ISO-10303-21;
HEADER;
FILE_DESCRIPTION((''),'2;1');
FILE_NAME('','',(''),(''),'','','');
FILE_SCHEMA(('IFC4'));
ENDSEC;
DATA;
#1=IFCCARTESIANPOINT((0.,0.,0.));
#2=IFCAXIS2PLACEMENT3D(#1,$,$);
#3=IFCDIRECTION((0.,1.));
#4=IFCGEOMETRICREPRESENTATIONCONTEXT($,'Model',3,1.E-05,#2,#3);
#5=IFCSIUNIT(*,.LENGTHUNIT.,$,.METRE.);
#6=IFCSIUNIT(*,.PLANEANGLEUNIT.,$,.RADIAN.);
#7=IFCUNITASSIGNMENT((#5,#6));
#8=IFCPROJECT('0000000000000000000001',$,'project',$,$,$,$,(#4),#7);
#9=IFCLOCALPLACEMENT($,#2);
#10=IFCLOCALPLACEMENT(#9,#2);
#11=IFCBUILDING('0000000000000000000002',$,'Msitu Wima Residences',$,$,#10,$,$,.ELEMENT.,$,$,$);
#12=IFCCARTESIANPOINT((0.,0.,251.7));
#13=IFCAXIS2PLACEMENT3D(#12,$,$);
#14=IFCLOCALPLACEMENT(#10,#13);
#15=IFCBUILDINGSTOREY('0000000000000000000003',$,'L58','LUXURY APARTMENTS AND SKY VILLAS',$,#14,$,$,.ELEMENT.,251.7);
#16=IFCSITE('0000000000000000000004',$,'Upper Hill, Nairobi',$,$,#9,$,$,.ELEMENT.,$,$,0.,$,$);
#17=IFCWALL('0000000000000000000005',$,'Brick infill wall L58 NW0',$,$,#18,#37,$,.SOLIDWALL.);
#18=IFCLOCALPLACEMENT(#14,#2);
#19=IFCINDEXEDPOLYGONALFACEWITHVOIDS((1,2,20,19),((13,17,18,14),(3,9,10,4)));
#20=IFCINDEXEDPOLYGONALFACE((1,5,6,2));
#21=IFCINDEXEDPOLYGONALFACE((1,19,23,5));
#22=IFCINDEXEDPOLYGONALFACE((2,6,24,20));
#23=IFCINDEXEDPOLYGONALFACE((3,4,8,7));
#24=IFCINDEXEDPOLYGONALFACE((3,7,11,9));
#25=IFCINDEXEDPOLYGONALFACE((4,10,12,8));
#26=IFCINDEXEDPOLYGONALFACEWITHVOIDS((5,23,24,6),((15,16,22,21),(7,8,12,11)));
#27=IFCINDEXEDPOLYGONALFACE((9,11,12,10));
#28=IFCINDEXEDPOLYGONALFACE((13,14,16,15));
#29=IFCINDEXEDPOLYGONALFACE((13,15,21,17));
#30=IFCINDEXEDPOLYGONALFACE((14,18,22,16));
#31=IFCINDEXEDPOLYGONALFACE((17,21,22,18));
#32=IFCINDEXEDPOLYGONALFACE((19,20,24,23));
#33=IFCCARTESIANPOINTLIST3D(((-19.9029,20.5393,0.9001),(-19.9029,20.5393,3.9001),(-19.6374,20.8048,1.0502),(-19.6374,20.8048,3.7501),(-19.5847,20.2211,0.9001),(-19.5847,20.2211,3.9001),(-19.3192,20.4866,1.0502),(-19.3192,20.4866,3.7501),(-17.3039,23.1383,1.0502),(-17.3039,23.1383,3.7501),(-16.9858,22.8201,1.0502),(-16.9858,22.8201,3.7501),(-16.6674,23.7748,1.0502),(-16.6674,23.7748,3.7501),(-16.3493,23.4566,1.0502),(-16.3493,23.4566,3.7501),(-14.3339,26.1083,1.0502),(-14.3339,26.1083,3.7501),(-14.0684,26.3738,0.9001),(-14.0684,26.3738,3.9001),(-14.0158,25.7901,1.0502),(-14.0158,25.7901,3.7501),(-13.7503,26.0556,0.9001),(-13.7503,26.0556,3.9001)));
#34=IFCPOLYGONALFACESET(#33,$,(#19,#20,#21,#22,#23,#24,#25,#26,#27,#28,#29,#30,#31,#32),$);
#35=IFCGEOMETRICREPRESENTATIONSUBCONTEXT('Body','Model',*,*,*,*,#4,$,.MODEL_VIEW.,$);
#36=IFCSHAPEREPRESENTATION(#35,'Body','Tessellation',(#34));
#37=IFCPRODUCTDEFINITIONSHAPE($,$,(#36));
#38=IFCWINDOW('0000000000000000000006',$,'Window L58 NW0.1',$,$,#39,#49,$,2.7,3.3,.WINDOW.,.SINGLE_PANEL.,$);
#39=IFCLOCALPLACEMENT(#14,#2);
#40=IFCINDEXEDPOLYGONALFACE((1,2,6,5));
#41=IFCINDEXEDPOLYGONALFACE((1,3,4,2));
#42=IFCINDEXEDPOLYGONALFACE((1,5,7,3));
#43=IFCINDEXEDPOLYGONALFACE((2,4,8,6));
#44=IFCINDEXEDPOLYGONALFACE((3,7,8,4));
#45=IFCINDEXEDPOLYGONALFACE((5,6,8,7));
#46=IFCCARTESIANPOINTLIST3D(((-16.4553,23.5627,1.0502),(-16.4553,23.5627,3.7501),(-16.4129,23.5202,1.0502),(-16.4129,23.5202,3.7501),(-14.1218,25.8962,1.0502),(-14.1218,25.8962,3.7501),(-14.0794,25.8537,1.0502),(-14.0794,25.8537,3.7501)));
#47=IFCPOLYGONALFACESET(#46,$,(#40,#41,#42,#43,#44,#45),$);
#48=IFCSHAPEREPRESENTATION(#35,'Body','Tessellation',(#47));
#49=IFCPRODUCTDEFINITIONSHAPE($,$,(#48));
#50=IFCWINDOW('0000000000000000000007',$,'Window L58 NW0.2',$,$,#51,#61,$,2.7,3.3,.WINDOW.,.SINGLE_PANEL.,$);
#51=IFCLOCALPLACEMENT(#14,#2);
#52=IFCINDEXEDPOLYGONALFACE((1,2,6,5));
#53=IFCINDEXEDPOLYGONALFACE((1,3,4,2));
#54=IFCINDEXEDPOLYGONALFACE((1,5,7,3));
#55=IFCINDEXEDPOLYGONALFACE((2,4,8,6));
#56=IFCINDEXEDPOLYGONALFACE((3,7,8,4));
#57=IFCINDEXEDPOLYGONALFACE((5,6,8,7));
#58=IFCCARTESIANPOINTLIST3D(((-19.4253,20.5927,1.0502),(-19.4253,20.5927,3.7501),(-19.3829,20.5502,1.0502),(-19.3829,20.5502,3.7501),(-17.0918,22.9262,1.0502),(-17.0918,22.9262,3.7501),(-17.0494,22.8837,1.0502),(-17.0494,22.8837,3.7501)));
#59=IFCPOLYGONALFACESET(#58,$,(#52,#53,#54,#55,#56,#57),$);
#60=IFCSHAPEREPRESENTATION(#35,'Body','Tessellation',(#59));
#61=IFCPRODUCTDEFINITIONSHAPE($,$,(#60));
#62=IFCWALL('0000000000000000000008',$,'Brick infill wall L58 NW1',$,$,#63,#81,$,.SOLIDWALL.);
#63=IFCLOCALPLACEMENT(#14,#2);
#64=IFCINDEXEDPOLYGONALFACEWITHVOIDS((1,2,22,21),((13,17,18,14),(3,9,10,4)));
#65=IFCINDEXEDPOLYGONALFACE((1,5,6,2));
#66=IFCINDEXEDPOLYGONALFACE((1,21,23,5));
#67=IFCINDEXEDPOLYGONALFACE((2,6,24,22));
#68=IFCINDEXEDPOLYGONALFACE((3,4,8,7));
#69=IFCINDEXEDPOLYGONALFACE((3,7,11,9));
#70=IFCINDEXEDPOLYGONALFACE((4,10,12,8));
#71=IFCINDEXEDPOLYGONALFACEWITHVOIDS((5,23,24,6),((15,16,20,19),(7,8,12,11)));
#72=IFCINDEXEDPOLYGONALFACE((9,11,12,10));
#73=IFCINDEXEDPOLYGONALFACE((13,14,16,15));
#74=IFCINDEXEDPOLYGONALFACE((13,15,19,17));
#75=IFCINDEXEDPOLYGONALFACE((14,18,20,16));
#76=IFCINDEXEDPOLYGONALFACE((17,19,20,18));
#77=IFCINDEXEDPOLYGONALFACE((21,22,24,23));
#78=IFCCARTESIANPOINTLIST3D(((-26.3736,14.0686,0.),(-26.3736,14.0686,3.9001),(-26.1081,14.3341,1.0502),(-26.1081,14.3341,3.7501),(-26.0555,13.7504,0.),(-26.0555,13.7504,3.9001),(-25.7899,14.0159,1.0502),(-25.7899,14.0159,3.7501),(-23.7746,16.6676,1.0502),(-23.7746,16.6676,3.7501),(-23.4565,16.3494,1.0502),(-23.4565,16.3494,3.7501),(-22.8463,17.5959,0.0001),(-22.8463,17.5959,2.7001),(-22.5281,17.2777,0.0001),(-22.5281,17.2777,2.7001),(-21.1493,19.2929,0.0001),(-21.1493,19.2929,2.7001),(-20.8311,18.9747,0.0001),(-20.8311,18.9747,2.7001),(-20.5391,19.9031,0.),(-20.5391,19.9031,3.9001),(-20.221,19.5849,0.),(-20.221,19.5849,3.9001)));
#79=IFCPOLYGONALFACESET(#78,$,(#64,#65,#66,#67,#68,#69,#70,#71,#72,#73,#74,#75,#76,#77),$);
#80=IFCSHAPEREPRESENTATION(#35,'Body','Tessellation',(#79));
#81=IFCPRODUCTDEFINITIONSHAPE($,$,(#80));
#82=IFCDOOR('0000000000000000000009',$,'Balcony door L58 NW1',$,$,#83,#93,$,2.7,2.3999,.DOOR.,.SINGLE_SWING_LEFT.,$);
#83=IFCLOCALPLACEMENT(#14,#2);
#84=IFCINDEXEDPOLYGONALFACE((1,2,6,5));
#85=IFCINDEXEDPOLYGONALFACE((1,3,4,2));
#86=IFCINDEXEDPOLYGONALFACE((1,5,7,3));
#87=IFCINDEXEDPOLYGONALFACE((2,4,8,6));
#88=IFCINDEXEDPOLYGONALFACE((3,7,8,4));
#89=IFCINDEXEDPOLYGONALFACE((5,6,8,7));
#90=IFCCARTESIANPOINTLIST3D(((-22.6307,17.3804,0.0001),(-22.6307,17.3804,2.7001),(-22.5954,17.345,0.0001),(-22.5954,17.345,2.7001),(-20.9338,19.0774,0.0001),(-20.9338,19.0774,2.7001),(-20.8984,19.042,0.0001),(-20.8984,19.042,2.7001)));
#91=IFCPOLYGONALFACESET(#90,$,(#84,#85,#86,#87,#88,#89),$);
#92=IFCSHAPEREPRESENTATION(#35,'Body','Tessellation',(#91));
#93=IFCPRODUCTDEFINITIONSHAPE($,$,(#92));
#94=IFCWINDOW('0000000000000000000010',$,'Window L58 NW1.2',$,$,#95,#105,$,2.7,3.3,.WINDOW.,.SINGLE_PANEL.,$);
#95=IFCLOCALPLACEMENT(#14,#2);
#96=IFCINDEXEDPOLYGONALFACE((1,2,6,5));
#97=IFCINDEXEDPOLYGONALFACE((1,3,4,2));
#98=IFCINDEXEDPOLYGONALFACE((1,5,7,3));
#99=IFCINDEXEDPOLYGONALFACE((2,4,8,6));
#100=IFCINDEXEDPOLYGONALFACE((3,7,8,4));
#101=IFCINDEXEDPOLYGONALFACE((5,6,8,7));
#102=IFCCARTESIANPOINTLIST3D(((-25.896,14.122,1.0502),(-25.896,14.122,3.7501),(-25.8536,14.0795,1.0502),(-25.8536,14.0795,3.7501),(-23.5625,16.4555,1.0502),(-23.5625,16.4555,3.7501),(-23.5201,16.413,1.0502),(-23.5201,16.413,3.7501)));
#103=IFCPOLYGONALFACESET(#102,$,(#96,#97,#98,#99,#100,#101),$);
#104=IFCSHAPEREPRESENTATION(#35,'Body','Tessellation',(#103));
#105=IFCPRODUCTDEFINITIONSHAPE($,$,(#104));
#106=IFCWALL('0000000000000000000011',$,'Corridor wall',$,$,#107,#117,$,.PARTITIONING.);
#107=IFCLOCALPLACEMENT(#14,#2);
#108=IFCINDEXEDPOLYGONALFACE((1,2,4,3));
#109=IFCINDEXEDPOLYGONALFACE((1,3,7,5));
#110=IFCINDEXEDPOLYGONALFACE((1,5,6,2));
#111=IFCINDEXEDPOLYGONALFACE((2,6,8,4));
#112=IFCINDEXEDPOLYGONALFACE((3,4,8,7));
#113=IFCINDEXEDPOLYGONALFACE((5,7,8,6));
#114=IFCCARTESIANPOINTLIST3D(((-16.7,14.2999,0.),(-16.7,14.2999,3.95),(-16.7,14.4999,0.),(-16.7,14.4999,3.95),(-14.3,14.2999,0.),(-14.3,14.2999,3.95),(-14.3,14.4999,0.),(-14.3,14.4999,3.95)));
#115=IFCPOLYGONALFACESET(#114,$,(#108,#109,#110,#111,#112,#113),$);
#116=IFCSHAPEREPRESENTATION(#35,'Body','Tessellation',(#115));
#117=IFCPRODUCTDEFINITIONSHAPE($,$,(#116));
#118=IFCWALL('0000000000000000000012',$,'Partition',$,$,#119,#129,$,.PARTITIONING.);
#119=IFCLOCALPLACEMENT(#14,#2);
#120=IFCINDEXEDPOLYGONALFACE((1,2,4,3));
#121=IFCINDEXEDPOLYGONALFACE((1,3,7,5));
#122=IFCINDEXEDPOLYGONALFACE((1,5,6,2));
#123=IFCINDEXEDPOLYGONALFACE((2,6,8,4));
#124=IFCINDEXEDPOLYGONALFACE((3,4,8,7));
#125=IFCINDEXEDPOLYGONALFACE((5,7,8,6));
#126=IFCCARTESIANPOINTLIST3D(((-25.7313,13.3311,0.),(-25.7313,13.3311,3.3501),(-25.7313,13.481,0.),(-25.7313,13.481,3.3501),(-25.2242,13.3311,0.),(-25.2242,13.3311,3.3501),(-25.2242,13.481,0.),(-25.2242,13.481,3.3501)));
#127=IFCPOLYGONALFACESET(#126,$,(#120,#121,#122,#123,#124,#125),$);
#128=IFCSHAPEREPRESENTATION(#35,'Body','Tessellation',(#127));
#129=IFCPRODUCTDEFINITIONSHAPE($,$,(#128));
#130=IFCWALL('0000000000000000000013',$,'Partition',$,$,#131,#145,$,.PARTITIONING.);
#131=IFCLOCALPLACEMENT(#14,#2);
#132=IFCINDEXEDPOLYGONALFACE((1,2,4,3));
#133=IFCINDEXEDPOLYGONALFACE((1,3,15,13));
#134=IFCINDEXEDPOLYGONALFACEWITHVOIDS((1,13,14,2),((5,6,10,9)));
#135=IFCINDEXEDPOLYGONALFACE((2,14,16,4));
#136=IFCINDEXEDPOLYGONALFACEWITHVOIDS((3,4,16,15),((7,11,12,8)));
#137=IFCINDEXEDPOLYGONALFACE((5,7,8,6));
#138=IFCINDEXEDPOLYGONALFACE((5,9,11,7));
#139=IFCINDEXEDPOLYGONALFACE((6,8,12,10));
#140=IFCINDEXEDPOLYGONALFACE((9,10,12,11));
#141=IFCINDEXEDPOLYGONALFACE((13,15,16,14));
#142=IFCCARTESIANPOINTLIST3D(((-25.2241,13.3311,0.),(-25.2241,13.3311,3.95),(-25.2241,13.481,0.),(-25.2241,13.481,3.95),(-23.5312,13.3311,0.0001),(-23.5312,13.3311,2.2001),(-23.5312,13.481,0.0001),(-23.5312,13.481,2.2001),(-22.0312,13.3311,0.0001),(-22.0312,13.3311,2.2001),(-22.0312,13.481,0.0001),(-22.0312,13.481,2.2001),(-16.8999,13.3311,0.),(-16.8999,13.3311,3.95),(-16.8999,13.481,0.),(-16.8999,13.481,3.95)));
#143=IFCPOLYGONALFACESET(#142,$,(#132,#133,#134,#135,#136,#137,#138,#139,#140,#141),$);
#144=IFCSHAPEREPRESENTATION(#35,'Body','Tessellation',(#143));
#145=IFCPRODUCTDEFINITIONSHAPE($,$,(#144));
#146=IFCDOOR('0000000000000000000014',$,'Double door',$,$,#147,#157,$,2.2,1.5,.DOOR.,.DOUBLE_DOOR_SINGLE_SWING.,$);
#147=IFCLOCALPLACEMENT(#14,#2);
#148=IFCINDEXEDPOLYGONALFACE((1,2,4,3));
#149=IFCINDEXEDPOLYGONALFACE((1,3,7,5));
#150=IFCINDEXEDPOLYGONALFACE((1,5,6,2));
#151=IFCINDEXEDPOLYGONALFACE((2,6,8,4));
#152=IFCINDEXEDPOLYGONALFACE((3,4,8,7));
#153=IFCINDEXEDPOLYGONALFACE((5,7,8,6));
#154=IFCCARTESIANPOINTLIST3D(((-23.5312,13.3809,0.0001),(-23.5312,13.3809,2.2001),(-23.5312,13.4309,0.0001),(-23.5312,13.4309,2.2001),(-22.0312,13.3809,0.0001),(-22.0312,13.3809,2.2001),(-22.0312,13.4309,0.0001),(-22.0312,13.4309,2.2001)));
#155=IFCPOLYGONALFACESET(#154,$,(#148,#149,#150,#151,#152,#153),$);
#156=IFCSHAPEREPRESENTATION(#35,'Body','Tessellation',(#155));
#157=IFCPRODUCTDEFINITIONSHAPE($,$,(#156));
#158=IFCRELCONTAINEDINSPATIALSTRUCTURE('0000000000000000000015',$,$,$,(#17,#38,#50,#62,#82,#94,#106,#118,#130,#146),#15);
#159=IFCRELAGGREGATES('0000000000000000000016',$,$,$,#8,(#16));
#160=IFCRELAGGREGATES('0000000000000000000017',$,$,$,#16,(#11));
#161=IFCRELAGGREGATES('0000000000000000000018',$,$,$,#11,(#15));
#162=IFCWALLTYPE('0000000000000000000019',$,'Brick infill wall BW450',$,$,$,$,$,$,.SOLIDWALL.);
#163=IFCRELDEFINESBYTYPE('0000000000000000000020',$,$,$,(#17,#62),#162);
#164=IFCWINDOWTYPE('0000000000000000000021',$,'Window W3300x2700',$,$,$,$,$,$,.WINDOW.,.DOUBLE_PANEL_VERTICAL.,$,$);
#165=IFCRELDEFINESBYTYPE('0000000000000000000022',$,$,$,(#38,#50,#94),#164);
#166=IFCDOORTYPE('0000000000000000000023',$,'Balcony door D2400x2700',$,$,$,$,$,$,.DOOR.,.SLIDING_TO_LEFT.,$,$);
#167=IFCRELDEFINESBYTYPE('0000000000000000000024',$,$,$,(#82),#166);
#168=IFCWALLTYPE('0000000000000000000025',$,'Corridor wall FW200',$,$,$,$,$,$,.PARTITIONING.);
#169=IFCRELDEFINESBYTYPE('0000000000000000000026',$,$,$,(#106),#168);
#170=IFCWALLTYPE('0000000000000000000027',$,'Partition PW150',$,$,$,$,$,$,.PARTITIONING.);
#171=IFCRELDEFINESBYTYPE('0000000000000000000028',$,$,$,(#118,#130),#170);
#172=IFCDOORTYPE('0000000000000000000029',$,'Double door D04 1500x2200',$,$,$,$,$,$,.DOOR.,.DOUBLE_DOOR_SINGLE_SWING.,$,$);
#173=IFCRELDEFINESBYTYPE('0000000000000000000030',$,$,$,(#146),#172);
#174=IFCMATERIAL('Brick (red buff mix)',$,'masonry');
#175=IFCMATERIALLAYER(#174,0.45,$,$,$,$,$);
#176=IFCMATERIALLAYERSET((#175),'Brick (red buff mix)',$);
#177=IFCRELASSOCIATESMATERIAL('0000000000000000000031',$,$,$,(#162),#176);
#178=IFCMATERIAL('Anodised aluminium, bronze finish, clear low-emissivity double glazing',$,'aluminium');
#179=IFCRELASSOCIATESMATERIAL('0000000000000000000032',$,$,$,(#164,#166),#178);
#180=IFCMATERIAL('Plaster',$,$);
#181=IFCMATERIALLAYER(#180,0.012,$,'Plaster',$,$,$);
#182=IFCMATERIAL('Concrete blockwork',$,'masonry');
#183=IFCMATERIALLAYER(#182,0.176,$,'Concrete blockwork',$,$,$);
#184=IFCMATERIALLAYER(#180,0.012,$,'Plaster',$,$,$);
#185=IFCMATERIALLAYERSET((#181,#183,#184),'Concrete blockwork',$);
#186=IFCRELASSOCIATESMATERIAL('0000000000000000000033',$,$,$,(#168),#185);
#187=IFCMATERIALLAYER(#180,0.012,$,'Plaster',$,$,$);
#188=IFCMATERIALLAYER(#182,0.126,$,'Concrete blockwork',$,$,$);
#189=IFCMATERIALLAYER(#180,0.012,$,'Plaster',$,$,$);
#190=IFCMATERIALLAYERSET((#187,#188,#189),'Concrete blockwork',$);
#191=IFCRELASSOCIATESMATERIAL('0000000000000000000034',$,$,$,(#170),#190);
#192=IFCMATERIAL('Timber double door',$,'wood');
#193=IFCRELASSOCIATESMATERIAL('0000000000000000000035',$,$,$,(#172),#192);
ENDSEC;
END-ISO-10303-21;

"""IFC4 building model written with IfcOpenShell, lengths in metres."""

from ifc_helpers import new_model, si_unit, direction, frame, frame_2d, origin, place, context, subcontext, project, spatial, rectangle, extrude, material, layer, layer_set, type_object, element, fill, save


model = new_model("IFC4")

# Units and contexts
model_context = context("Model", 3, precision=1e-05, world=origin(), true_north=direction((0.0, 1.0)))
body_context = subcontext(model_context, "Body", "Model", "MODEL_VIEW")
ifc_project = project(units=[si_unit("LENGTHUNIT", "METRE"), si_unit("PLANEANGLEUNIT", "RADIAN")], contexts=[model_context])

# Site, building, storey
site_placement = place(None, origin())
site = spatial("IfcSite", under=ifc_project, at=site_placement, Name="Upper Hill, Nairobi", CompositionType="ELEMENT", RefElevation=0.0)
building_placement = place(site_placement, origin())
building = spatial("IfcBuilding", under=site, at=building_placement, Name="Msitu Wima Residences", CompositionType="ELEMENT")
storey_placement = place(building_placement, frame((0.0, 0.0, 251.7)))
storey = spatial("IfcBuildingStorey", under=building, at=storey_placement, Name="L58", Description="LUXURY APARTMENTS AND SKY VILLAS", CompositionType="ELEMENT", Elevation=251.7)

# Wall, openings, windows
ifc_material_1 = material(Name="Brick (red buff mix)", Category="masonry")
ifc_layer_1 = layer(ifc_material_1, 0.45)
ifc_layer_set_1 = layer_set([ifc_layer_1], Name="Brick (red buff mix)")
wall_type_1 = type_object("IfcWallType", Name="Brick infill wall BW450", PredefinedType="SOLIDWALL", material=ifc_layer_set_1)
wall_1_placement = place(storey_placement, frame((-13.9094, 26.2146, 0.9001), z_axis=(0.0, 0.0, 1.0), x_axis=(-0.707107, -0.707107, 0.0)))
wall_1 = element("IfcWall", 1, at=wall_1_placement, inside=storey, type_object=wall_type_1, Name="Brick infill wall L58 NW0", PredefinedType="SOLIDWALL", context=body_context, shape_type="SweptSolid", body=[
    extrude(rectangle(XDim=8.2512, YDim=0.45, at=frame_2d((4.1255, 0.0))), origin(), (0.0, 0.0, 1.0), 3.0),
])
opening_1_placement = place(wall_1_placement, frame((0.3755, 0.0, 0.1499)))
opening_1 = element("IfcOpeningElement", 2, at=opening_1_placement, cuts=wall_1, PredefinedType="OPENING", context=body_context, shape_type="SweptSolid", body=[
    extrude(rectangle(XDim=3.3, YDim=2.7, at=frame_2d((1.6499, 1.3501))), frame((0.0, 0.2349, 0.0), z_axis=(0.0, -1.0, 0.0), x_axis=(1.0, 0.0, 0.0)), (0.0, 0.0, 1.0), 0.47),
])
opening_2_placement = place(wall_1_placement, frame((4.5757, 0.0, 0.1499)))
opening_2 = element("IfcOpeningElement", 3, at=opening_2_placement, cuts=wall_1, PredefinedType="OPENING", context=body_context, shape_type="SweptSolid", body=[
    extrude(rectangle(XDim=3.3, YDim=2.7, at=frame_2d((1.6499, 1.3501))), frame((0.0, 0.2349, 0.0), z_axis=(0.0, -1.0, 0.0), x_axis=(1.0, 0.0, 0.0)), (0.0, 0.0, 1.0), 0.47),
])
ifc_material_2 = material(Name="Anodised aluminium, bronze finish, clear low-emissivity double glazing", Category="aluminium")
window_type = type_object("IfcWindowType", Name="Window W3300x2700", PartitioningType="DOUBLE_PANEL_VERTICAL", PredefinedType="WINDOW", material=ifc_material_2)
window_1_placement = place(opening_1_placement, origin())
window_1 = element("IfcWindow", 4, at=window_1_placement, inside=storey, type_object=window_type, Name="Window L58 NW0.1", OverallHeight=2.7, OverallWidth=3.3, PartitioningType="SINGLE_PANEL", PredefinedType="WINDOW", context=body_context, shape_type="SweptSolid", body=[
    extrude(rectangle(XDim=3.3, YDim=2.7, at=frame_2d((1.6499, 1.3501))), frame((0.0, 0.135, 0.0), z_axis=(0.0, -1.0, 0.0), x_axis=(1.0, 0.0, 0.0)), (0.0, 0.0, 1.0), 0.0601),
])
fill(opening_1, window_1)
window_2_placement = place(opening_2_placement, origin())
window_2 = element("IfcWindow", 5, at=window_2_placement, inside=storey, type_object=window_type, Name="Window L58 NW0.2", OverallHeight=2.7, OverallWidth=3.3, PartitioningType="SINGLE_PANEL", PredefinedType="WINDOW", context=body_context, shape_type="SweptSolid", body=[
    extrude(rectangle(XDim=3.3, YDim=2.7, at=frame_2d((1.6499, 1.3501))), frame((0.0, 0.135, 0.0), z_axis=(0.0, -1.0, 0.0), x_axis=(1.0, 0.0, 0.0)), (0.0, 0.0, 1.0), 0.0601),
])
fill(opening_2, window_2)

# Wall, openings, door, window
wall_2_placement = place(storey_placement, frame((-20.3801, 19.7439, 0.0), z_axis=(0.0, 0.0, 1.0), x_axis=(-0.707107, -0.707107, 0.0)))
wall_2 = element("IfcWall", 6, at=wall_2_placement, inside=storey, type_object=wall_type_1, Name="Brick infill wall L58 NW1", PredefinedType="SOLIDWALL", context=body_context, shape_type="SweptSolid", body=[
    extrude(rectangle(XDim=8.2512, YDim=0.45, at=frame_2d((4.1255, 0.0))), origin(), (0.0, 0.0, 1.0), 3.9001),
])
opening_3_placement = place(wall_2_placement, frame((0.8628, 0.0, 0.0)))
opening_3 = element("IfcOpeningElement", 7, at=opening_3_placement, cuts=wall_2, PredefinedType="OPENING", context=body_context, shape_type="SweptSolid", body=[
    extrude(rectangle(XDim=2.3999, YDim=2.7, at=frame_2d((1.2, 1.3501))), frame((0.0, 0.2349, 0.0), z_axis=(0.0, -1.0, 0.0), x_axis=(1.0, 0.0, 0.0)), (0.0, 0.0, 1.0), 0.47),
])
opening_4_placement = place(wall_2_placement, frame((4.5757, 0.0, 1.05)))
opening_4 = element("IfcOpeningElement", 8, at=opening_4_placement, cuts=wall_2, PredefinedType="OPENING", context=body_context, shape_type="SweptSolid", body=[
    extrude(rectangle(XDim=3.3, YDim=2.7, at=frame_2d((1.6499, 1.3501))), frame((0.0, 0.2349, 0.0), z_axis=(0.0, -1.0, 0.0), x_axis=(1.0, 0.0, 0.0)), (0.0, 0.0, 1.0), 0.47),
])
door_type_1 = type_object("IfcDoorType", Name="Balcony door D2400x2700", OperationType="SLIDING_TO_LEFT", PredefinedType="DOOR", material=ifc_material_2)
door_1_placement = place(opening_3_placement, origin())
door_1 = element("IfcDoor", 9, at=door_1_placement, inside=storey, type_object=door_type_1, Name="Balcony door L58 NW1", OperationType="SINGLE_SWING_LEFT", OverallHeight=2.7, OverallWidth=2.3999, PredefinedType="DOOR", context=body_context, shape_type="SweptSolid", body=[
    extrude(rectangle(XDim=2.3999, YDim=2.7, at=frame_2d((1.2, 1.3501))), frame((0.0, 0.1299, 0.0), z_axis=(0.0, -1.0, 0.0), x_axis=(1.0, 0.0, 0.0)), (0.0, 0.0, 1.0), 0.05),
])
fill(opening_3, door_1)
window_3_placement = place(opening_4_placement, origin())
window_3 = element("IfcWindow", 10, at=window_3_placement, inside=storey, type_object=window_type, Name="Window L58 NW1.2", OverallHeight=2.7, OverallWidth=3.3, PartitioningType="SINGLE_PANEL", PredefinedType="WINDOW", context=body_context, shape_type="SweptSolid", body=[
    extrude(rectangle(XDim=3.3, YDim=2.7, at=frame_2d((1.6499, 1.3501))), frame((0.0, 0.135, 0.0), z_axis=(0.0, -1.0, 0.0), x_axis=(1.0, 0.0, 0.0)), (0.0, 0.0, 1.0), 0.0601),
])
fill(opening_4, window_3)

# Walls
ifc_material_3 = material(Name="Plaster")
ifc_layer_2 = layer(ifc_material_3, 0.012, Name="Plaster")
ifc_material_4 = material(Name="Concrete blockwork", Category="masonry")
ifc_layer_3 = layer(ifc_material_4, 0.176, Name="Concrete blockwork")
ifc_layer_4 = layer(ifc_material_3, 0.012, Name="Plaster")
ifc_layer_set_2 = layer_set([ifc_layer_2, ifc_layer_3, ifc_layer_4], Name="Concrete blockwork")
wall_type_2 = type_object("IfcWallType", Name="Corridor wall FW200", PredefinedType="PARTITIONING", material=ifc_layer_set_2)
wall_3_placement = place(storey_placement, frame((-16.7, 14.3999, 0.0), z_axis=(0.0, 0.0, 1.0), x_axis=(1.0, 0.0, 0.0)))
element("IfcWall", 11, at=wall_3_placement, inside=storey, type_object=wall_type_2, Name="Corridor wall", PredefinedType="PARTITIONING", context=body_context, shape_type="SweptSolid", body=[
    extrude(rectangle(XDim=2.3999, YDim=0.2, at=frame_2d((1.2, 0.0))), origin(), (0.0, 0.0, 1.0), 3.95),
])
ifc_layer_5 = layer(ifc_material_3, 0.012, Name="Plaster")
ifc_layer_6 = layer(ifc_material_4, 0.126, Name="Concrete blockwork")
ifc_layer_7 = layer(ifc_material_3, 0.012, Name="Plaster")
ifc_layer_set_3 = layer_set([ifc_layer_5, ifc_layer_6, ifc_layer_7], Name="Concrete blockwork")
wall_type_3 = type_object("IfcWallType", Name="Partition PW150", PredefinedType="PARTITIONING", material=ifc_layer_set_3)
wall_4_placement = place(storey_placement, frame((-25.7312, 13.406, 0.0), z_axis=(0.0, 0.0, 1.0), x_axis=(1.0, 0.0, 0.0)))
element("IfcWall", 12, at=wall_4_placement, inside=storey, type_object=wall_type_3, Name="Partition", PredefinedType="PARTITIONING", context=body_context, shape_type="SweptSolid", body=[
    extrude(rectangle(XDim=0.5071, YDim=0.1499, at=frame_2d((0.2534, 0.0))), origin(), (0.0, 0.0, 1.0), 3.3501),
])

# Wall, opening, door
wall_5_placement = place(storey_placement, frame((-25.2241, 13.406, 0.0), z_axis=(0.0, 0.0, 1.0), x_axis=(1.0, 0.0, 0.0)))
wall_5 = element("IfcWall", 13, at=wall_5_placement, inside=storey, type_object=wall_type_3, Name="Partition", PredefinedType="PARTITIONING", context=body_context, shape_type="SweptSolid", body=[
    extrude(rectangle(XDim=8.3242, YDim=0.1499, at=frame_2d((4.1621, 0.0))), origin(), (0.0, 0.0, 1.0), 3.95),
])
opening_5_placement = place(wall_5_placement, frame((1.6929, 0.0, 0.0)))
opening_5 = element("IfcOpeningElement", 14, at=opening_5_placement, cuts=wall_5, PredefinedType="OPENING", context=body_context, shape_type="SweptSolid", body=[
    extrude(rectangle(XDim=1.5, YDim=2.2, at=frame_2d((0.75, 1.1001))), frame((0.0, 0.085, 0.0), z_axis=(0.0, -1.0, 0.0), x_axis=(1.0, 0.0, 0.0)), (0.0, 0.0, 1.0), 0.1699),
])
ifc_material_5 = material(Name="Timber double door", Category="wood")
door_type_2 = type_object("IfcDoorType", Name="Double door D04 1500x2200", OperationType="DOUBLE_DOOR_SINGLE_SWING", PredefinedType="DOOR", material=ifc_material_5)
door_2_placement = place(opening_5_placement, origin())
door_2 = element("IfcDoor", 15, at=door_2_placement, inside=storey, type_object=door_type_2, Name="Double door", OperationType="DOUBLE_DOOR_SINGLE_SWING", OverallHeight=2.2, OverallWidth=1.5, PredefinedType="DOOR", context=body_context, shape_type="SweptSolid", body=[
    extrude(rectangle(XDim=1.5, YDim=2.2, at=frame_2d((0.75, 1.1001))), frame((0.0, 0.0249, 0.0), z_axis=(0.0, -1.0, 0.0), x_axis=(1.0, 0.0, 0.0)), (0.0, 0.0, 1.0), 0.05),
])
fill(opening_5, door_2)

save(model, "model.ifc")
